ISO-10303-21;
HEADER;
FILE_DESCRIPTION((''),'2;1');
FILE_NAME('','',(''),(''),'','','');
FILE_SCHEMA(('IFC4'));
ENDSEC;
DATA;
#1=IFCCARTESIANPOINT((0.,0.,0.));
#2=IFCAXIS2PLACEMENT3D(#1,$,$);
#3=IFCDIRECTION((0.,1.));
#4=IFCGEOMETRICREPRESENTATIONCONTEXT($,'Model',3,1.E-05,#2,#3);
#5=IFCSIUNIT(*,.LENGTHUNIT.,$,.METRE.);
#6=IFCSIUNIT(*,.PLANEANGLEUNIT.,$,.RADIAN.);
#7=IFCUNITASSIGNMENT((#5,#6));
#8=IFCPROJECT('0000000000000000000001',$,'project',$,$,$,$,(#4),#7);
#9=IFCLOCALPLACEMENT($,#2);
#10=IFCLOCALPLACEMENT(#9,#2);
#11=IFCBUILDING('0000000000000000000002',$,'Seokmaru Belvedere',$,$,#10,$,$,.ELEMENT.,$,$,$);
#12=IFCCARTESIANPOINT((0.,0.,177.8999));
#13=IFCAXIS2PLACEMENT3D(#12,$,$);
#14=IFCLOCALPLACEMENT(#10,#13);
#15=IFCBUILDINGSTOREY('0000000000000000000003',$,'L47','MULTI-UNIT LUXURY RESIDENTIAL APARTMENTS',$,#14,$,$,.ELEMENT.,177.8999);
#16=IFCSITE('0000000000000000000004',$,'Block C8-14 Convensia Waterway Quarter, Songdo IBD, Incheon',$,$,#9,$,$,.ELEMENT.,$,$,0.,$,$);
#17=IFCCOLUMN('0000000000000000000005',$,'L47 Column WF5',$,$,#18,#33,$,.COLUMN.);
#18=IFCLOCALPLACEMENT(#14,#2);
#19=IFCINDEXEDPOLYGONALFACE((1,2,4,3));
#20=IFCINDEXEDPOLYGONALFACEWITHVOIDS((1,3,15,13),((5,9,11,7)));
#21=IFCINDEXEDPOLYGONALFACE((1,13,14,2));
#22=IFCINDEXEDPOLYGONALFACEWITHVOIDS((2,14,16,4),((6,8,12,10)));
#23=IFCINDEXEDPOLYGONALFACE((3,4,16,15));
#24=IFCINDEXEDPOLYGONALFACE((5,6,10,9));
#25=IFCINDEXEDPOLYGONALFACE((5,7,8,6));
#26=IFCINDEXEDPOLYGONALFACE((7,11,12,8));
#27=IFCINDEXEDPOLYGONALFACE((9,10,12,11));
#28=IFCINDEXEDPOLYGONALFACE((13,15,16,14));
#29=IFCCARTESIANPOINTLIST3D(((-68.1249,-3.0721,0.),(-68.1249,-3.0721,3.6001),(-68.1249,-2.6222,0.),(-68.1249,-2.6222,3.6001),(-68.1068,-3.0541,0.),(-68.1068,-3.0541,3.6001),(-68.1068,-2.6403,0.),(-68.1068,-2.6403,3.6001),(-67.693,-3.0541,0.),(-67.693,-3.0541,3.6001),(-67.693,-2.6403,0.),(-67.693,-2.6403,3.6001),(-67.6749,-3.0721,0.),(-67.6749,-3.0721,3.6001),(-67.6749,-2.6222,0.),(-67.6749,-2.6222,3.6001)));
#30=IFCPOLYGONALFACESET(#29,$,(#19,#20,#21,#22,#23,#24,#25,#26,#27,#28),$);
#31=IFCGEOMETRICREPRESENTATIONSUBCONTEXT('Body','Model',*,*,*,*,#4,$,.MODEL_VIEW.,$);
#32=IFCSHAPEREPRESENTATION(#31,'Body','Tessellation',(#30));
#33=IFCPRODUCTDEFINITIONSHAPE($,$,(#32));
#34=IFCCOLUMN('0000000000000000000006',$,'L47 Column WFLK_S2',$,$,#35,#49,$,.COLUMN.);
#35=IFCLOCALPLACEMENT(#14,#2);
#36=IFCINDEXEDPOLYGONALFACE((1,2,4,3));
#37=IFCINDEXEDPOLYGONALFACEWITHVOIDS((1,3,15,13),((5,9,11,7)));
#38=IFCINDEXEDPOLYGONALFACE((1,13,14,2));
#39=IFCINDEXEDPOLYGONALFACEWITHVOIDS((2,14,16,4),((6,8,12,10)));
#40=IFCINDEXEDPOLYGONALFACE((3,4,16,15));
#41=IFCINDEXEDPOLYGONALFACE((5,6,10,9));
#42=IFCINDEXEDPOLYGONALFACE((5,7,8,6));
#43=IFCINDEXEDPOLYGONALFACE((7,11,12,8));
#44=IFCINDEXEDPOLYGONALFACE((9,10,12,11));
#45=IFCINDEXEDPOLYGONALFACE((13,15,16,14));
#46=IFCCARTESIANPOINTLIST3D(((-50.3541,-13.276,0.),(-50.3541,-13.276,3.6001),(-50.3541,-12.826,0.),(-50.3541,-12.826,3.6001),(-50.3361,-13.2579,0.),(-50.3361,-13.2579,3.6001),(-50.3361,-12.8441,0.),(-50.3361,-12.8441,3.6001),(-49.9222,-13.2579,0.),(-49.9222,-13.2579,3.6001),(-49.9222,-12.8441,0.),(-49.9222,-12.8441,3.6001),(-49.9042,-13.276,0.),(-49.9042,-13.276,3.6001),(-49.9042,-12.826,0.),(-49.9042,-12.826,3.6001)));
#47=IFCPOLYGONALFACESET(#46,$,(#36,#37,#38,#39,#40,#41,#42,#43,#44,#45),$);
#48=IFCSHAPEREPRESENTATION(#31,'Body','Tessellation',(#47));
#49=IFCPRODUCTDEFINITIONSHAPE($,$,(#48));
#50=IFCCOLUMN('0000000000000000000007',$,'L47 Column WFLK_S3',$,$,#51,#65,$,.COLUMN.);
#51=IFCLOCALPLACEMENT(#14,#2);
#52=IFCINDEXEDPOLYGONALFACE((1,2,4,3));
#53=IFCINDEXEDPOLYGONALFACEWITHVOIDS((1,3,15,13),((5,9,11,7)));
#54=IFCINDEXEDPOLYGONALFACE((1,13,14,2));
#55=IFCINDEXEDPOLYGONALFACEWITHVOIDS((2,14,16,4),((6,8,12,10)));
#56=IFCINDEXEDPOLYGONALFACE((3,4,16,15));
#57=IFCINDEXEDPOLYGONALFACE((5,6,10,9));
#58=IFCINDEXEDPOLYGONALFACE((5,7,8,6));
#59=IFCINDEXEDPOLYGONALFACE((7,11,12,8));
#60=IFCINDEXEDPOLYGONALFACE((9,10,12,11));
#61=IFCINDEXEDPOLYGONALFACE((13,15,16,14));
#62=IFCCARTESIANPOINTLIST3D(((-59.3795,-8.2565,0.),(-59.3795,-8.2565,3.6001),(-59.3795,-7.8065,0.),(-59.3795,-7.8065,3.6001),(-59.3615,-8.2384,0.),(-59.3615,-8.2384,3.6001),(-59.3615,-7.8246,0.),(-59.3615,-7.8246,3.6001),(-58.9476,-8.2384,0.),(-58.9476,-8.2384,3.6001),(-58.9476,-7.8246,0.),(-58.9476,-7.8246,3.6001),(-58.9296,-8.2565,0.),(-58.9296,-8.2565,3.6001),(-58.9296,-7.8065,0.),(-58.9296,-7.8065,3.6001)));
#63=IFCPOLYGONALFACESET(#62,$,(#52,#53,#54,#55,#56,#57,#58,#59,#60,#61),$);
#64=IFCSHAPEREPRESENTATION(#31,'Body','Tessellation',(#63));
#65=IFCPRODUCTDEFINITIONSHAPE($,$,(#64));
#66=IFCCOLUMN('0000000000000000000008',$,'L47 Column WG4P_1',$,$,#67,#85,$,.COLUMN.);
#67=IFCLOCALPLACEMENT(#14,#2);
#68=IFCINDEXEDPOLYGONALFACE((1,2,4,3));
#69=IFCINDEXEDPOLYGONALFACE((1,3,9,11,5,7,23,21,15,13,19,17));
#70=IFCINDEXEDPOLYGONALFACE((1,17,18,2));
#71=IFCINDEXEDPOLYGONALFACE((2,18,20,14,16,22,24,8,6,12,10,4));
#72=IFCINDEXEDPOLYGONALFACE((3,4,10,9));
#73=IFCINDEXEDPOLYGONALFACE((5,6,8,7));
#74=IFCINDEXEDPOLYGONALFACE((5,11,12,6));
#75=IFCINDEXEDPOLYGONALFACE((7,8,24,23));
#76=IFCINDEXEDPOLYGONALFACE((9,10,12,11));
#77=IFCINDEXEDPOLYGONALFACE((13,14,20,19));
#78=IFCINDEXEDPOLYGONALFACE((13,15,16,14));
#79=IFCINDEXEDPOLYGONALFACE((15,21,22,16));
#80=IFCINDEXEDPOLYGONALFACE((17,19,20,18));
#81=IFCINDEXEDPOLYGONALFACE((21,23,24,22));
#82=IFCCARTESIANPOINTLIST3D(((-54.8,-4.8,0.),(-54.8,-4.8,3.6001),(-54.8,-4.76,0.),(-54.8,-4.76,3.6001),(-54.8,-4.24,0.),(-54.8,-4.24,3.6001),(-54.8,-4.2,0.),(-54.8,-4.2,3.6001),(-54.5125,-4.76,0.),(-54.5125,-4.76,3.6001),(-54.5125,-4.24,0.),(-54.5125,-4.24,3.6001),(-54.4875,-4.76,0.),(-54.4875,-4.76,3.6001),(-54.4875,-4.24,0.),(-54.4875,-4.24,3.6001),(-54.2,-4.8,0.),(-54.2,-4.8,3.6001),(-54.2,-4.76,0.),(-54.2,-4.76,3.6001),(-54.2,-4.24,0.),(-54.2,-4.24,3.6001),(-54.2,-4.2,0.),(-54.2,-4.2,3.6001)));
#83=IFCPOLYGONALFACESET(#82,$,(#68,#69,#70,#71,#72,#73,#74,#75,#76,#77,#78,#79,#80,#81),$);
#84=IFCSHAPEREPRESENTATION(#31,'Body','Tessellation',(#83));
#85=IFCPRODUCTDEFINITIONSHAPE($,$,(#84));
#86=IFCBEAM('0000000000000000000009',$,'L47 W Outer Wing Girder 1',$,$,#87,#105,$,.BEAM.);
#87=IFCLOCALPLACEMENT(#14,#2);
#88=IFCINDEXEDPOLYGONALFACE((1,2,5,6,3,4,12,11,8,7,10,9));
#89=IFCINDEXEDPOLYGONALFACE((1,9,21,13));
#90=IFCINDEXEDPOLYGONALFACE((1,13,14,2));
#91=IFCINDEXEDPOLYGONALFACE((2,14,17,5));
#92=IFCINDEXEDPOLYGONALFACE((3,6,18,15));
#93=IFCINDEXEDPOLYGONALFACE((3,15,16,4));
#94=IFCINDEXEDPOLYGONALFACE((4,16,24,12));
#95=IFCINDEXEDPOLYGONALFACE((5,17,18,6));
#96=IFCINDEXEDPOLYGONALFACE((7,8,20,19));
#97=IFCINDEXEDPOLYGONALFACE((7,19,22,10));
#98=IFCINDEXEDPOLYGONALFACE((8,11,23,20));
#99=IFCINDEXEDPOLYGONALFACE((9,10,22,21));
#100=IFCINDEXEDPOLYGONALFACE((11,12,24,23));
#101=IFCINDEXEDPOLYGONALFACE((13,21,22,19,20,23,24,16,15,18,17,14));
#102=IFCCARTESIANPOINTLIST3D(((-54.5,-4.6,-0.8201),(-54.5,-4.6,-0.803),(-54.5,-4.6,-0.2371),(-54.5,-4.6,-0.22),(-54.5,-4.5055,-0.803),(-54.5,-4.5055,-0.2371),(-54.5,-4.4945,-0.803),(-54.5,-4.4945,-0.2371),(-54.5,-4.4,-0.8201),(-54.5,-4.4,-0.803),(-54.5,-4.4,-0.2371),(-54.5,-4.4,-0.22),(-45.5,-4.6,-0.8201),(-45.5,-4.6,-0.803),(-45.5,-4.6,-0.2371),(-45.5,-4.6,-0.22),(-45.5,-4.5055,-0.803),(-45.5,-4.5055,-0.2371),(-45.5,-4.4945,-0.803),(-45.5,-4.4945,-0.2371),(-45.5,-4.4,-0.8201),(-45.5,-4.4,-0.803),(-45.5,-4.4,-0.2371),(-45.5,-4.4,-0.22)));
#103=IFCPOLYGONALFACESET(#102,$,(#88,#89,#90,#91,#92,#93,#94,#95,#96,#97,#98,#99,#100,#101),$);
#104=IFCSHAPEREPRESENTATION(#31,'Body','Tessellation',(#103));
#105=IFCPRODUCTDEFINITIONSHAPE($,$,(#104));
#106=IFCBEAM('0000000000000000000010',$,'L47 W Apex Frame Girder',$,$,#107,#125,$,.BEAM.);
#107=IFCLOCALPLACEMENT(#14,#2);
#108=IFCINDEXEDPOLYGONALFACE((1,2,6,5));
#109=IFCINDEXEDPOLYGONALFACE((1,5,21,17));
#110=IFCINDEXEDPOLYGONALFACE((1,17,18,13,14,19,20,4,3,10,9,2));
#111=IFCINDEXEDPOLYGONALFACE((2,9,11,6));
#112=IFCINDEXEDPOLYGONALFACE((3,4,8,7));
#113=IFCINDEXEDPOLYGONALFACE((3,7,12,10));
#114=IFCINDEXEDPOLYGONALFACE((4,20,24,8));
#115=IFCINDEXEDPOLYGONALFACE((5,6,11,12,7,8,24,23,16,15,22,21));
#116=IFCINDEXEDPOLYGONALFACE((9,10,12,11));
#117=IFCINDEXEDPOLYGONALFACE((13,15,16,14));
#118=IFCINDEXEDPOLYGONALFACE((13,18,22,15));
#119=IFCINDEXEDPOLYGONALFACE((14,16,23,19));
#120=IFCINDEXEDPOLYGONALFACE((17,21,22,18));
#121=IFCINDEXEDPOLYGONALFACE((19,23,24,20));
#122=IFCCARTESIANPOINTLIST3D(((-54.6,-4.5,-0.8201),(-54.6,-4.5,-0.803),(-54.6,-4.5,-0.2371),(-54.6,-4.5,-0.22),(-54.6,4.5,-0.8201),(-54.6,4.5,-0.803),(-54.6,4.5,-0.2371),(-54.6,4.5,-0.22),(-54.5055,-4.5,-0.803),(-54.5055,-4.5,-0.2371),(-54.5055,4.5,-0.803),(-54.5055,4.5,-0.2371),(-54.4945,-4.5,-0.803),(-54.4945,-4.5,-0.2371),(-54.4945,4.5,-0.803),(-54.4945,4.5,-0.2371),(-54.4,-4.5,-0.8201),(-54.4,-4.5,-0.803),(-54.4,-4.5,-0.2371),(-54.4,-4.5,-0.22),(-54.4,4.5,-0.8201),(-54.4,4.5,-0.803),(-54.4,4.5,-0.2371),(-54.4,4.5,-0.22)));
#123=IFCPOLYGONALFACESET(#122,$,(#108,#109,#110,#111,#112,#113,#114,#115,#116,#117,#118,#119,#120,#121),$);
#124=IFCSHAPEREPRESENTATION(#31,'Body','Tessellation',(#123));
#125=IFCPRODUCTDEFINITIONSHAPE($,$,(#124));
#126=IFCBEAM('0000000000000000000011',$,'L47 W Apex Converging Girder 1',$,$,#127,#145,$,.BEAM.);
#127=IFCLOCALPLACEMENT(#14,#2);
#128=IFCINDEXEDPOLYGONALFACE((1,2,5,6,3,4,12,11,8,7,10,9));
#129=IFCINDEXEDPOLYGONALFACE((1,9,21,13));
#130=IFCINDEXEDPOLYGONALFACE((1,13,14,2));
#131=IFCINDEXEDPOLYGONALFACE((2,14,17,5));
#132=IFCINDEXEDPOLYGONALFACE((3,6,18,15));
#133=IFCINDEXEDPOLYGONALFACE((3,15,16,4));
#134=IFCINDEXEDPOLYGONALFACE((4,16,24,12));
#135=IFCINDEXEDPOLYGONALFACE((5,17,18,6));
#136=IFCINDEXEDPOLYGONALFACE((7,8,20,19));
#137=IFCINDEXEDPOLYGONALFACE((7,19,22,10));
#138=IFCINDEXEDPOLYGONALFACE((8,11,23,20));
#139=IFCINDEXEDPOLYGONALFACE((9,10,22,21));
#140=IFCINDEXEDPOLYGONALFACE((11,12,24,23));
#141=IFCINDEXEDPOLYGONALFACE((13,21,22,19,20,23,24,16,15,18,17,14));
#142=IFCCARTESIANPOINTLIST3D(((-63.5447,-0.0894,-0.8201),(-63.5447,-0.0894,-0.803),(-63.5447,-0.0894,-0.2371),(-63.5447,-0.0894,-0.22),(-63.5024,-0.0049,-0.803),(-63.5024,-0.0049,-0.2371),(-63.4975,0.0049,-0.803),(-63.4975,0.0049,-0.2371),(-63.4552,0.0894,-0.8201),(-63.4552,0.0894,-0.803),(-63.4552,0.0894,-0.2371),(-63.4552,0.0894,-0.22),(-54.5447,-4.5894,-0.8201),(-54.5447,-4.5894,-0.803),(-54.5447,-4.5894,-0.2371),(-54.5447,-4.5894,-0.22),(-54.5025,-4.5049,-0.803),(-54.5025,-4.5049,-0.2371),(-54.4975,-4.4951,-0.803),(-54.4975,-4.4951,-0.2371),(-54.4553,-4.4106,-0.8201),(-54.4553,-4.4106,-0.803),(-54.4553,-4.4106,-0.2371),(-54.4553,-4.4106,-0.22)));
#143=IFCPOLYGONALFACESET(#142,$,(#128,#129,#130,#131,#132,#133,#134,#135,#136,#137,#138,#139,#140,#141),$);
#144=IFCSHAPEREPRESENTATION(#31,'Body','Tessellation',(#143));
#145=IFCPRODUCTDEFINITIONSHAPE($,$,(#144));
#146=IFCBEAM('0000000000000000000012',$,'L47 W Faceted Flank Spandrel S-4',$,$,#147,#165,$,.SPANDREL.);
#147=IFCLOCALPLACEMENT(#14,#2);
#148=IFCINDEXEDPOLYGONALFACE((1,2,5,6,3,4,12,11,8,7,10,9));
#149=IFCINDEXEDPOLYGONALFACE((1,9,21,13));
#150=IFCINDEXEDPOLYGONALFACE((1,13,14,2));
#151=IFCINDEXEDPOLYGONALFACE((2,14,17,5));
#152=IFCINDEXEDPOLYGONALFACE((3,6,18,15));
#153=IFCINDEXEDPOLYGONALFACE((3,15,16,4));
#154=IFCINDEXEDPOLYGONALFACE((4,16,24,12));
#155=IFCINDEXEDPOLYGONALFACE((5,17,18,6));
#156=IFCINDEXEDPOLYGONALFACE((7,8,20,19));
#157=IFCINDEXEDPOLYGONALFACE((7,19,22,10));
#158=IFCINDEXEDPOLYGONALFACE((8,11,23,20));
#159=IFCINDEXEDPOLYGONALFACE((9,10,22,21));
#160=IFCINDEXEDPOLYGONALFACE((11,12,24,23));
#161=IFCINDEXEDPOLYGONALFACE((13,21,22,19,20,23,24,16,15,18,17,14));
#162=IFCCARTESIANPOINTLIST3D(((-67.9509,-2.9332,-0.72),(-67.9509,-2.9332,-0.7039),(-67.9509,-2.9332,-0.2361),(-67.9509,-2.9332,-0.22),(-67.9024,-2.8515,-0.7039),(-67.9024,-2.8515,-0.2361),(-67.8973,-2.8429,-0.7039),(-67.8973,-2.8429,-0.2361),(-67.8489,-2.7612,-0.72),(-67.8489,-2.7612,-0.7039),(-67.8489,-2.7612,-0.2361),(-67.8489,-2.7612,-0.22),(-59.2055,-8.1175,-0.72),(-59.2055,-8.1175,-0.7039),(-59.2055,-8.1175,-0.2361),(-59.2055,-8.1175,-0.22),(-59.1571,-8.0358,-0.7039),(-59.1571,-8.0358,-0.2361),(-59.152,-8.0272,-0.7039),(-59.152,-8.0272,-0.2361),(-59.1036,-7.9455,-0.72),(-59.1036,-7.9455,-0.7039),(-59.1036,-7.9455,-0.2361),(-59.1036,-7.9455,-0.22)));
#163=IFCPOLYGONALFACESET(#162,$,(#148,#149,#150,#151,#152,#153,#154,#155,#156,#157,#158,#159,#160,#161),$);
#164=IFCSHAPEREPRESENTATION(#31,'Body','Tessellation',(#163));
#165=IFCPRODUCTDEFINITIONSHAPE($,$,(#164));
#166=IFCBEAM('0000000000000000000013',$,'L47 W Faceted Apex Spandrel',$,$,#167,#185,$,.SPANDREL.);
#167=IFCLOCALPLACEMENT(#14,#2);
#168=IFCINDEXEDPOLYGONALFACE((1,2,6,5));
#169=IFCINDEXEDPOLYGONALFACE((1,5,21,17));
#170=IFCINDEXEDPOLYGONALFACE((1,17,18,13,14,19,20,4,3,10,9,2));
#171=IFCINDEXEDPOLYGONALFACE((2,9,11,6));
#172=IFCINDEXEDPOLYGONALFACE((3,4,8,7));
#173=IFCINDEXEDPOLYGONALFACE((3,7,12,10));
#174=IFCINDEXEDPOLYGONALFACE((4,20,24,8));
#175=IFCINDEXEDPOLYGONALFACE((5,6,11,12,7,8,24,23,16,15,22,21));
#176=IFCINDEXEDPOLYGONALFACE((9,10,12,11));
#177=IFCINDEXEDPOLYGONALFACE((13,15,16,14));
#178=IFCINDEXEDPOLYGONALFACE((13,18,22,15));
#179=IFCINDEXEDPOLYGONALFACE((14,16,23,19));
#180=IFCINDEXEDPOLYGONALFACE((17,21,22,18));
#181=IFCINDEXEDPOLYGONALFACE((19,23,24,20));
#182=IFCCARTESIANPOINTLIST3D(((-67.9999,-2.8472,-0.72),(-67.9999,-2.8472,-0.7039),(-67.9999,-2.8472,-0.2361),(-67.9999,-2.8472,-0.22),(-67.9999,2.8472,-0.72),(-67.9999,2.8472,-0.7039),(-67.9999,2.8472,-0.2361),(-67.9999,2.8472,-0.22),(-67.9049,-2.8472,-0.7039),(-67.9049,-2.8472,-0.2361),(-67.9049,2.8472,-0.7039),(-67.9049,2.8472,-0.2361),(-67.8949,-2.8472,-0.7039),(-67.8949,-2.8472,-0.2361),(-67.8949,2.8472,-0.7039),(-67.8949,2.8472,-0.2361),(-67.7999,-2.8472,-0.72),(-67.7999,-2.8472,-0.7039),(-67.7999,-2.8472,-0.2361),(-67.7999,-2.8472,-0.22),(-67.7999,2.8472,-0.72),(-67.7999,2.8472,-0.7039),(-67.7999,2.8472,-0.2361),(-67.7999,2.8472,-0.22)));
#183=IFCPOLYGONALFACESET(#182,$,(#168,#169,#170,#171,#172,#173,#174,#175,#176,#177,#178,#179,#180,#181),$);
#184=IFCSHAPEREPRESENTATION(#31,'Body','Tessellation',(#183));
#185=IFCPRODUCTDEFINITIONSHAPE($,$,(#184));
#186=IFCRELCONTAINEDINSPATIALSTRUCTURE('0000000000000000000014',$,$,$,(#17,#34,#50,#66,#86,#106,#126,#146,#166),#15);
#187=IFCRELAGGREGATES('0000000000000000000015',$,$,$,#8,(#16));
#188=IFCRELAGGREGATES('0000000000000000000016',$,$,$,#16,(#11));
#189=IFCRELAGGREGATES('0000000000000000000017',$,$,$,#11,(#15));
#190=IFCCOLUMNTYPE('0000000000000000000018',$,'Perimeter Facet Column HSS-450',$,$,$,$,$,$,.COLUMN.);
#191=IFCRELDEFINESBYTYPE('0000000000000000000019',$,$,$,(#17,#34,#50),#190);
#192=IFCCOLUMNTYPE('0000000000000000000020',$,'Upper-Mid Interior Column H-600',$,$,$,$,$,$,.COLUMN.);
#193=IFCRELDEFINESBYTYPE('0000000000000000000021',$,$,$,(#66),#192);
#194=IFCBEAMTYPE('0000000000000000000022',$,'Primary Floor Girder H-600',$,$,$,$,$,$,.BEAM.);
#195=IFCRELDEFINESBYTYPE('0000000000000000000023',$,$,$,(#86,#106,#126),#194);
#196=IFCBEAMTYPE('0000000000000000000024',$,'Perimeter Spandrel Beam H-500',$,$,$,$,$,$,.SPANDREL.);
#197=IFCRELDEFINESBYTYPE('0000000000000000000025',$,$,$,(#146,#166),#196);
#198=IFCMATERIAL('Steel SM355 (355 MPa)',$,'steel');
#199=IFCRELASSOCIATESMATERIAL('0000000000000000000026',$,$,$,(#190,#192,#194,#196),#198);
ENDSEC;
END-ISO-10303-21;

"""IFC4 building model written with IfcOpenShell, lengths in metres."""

from ifc_helpers import new_model, si_unit, direction, frame, origin, origin_2d, place, context, subcontext, project, spatial, hollow_rectangle, i_section, extrude, source, transform, mapped, material, material_profile, profile_set, type_object, type_shapes, element, save


model = new_model("IFC4")

# Units and contexts
model_context = context("Model", 3, precision=1e-05, world=origin(), true_north=direction((0.0, 1.0)))
body_context = subcontext(model_context, "Body", "Model", "MODEL_VIEW")
ifc_project = project(units=[si_unit("LENGTHUNIT", "METRE"), si_unit("PLANEANGLEUNIT", "RADIAN")], contexts=[model_context])

# Site, building, storey
site_placement = place(None, origin())
site = spatial("IfcSite", under=ifc_project, at=site_placement, Name="Block C8-14 Convensia Waterway Quarter, Songdo IBD, Incheon", CompositionType="ELEMENT", RefElevation=0.0)
building_placement = place(site_placement, origin())
building = spatial("IfcBuilding", under=site, at=building_placement, Name="Seokmaru Belvedere", CompositionType="ELEMENT")
storey_placement = place(building_placement, frame((0.0, 0.0, 177.8999)))
storey = spatial("IfcBuildingStorey", under=building, at=storey_placement, Name="L47", Description="MULTI-UNIT LUXURY RESIDENTIAL APARTMENTS", CompositionType="ELEMENT", Elevation=177.8999)

# Columns
ifc_material_1 = material(Name="Steel SM355 (355 MPa)", Category="steel")
ifc_material_profile_1 = material_profile(ifc_material_1, hollow_rectangle(XDim=0.45, YDim=0.45, WallThickness=0.0181, at=origin_2d()), Name="HSS-450x450x18")
ifc_profile_set_1 = profile_set([ifc_material_profile_1], Name="Steel SM355 (355 MPa)")
column_type_1 = type_object("IfcColumnType", Name="Perimeter Facet Column HSS-450", PredefinedType="COLUMN", material=ifc_profile_set_1)
shared_shape_1 = source(origin(), body_context, "Body", "SweptSolid", [
    extrude(hollow_rectangle(XDim=0.45, YDim=0.45, WallThickness=0.0181, at=origin_2d()), origin(), (0.0, 0.0, 1.0), 3.6001),
])
type_shapes(column_type_1, [shared_shape_1])
for number, where, z_axis, x_axis, name in (
    (1, (-67.8999, -2.8472, 0.0), (0.0, 0.0, 1.0), (1.0, 0.0, 0.0), "L47 Column WF5"),
    (2, (-50.1292, -13.051, 0.0), (0.0, 0.0, 1.0), (1.0, 0.0, 0.0), "L47 Column WFLK_S2"),
    (3, (-59.1545, -8.0315, 0.0), (0.0, 0.0, 1.0), (1.0, 0.0, 0.0), "L47 Column WFLK_S3"),
):
    element("IfcColumn", number, at=place(storey_placement, frame(where, z_axis=z_axis, x_axis=x_axis)), inside=storey, type_object=column_type_1, Name=name, PredefinedType="COLUMN", context=body_context, shape_type="MappedRepresentation", body=[
        mapped(shared_shape_1, transform((0.0, 0.0, 0.0), scale=1.0)),
    ])
ifc_material_profile_2 = material_profile(ifc_material_1, i_section(OverallWidth=0.6001, OverallDepth=0.6001, WebThickness=0.0249, FlangeThickness=0.04, at=origin_2d()), Name="H-600x600x25x40")
ifc_profile_set_2 = profile_set([ifc_material_profile_2], Name="Steel SM355 (355 MPa)")
column_type_2 = type_object("IfcColumnType", Name="Upper-Mid Interior Column H-600", PredefinedType="COLUMN", material=ifc_profile_set_2)
shared_shape_2 = source(origin(), body_context, "Body", "SweptSolid", [
    extrude(i_section(OverallWidth=0.6001, OverallDepth=0.6001, WebThickness=0.0249, FlangeThickness=0.04, at=origin_2d()), origin(), (0.0, 0.0, 1.0), 3.6001),
])
type_shapes(column_type_2, [shared_shape_2])
column_placement = place(storey_placement, frame((-54.5, -4.5, 0.0), z_axis=(0.0, 0.0, 1.0), x_axis=(1.0, 0.0, 0.0)))
element("IfcColumn", 4, at=column_placement, inside=storey, type_object=column_type_2, Name="L47 Column WG4P_1", PredefinedType="COLUMN", context=body_context, shape_type="MappedRepresentation", body=[
    mapped(shared_shape_2, transform((0.0, 0.0, 0.0), scale=1.0)),
])

# Beams
ifc_material_profile_3 = material_profile(ifc_material_1, i_section(OverallWidth=0.2, OverallDepth=0.6001, WebThickness=0.011, FlangeThickness=0.0171, at=origin_2d()), Name="H-600x200x11x17")
ifc_profile_set_3 = profile_set([ifc_material_profile_3], Name="Steel SM355 (355 MPa)")
beam_type_1 = type_object("IfcBeamType", Name="Primary Floor Girder H-600", PredefinedType="BEAM", material=ifc_profile_set_3)
shared_shape_3 = source(origin(), body_context, "Body", "SweptSolid", [
    extrude(i_section(OverallWidth=0.2, OverallDepth=0.6001, WebThickness=0.011, FlangeThickness=0.0171, at=origin_2d()), origin(), (0.0, 0.0, 1.0), 9.0),
])
for number, where, z_axis, x_axis, name in (
    (5, (-54.5, -4.5, -0.52), (1.0, 0.0, 0.0), (0.0, 1.0, 0.0), "L47 W Outer Wing Girder 1"),
    (6, (-54.5, -4.5, -0.52), (0.0, 1.0, 0.0), (-1.0, 0.0, 0.0), "L47 W Apex Frame Girder"),
):
    element("IfcBeam", number, at=place(storey_placement, frame(where, z_axis=z_axis, x_axis=x_axis)), inside=storey, type_object=beam_type_1, Name=name, PredefinedType="BEAM", context=body_context, shape_type="MappedRepresentation", body=[
        mapped(shared_shape_3, transform((0.0, 0.0, 0.0), scale=1.0)),
    ])
shared_shape_4 = source(origin(), body_context, "Body", "SweptSolid", [
    extrude(i_section(OverallWidth=0.2, OverallDepth=0.6001, WebThickness=0.011, FlangeThickness=0.0171, at=origin_2d()), origin(), (0.0, 0.0, 1.0), 10.0623),
])
beam_1_placement = place(storey_placement, frame((-54.5, -4.5, -0.52), z_axis=(-0.894427, 0.447214, 0.0), x_axis=(-0.447214, -0.894427, 0.0)))
element("IfcBeam", 7, at=beam_1_placement, inside=storey, type_object=beam_type_1, Name="L47 W Apex Converging Girder 1", PredefinedType="BEAM", context=body_context, shape_type="MappedRepresentation", body=[
    mapped(shared_shape_4, transform((0.0, 0.0, 0.0), scale=1.0)),
])
ifc_material_profile_4 = material_profile(ifc_material_1, i_section(OverallWidth=0.2, OverallDepth=0.5, WebThickness=0.01, FlangeThickness=0.0161, at=origin_2d()), Name="H-500x200x10x16")
ifc_profile_set_4 = profile_set([ifc_material_profile_4], Name="Steel SM355 (355 MPa)")
beam_type_2 = type_object("IfcBeamType", Name="Perimeter Spandrel Beam H-500", PredefinedType="SPANDREL", material=ifc_profile_set_4)
shared_shape_5 = source(origin(), body_context, "Body", "SweptSolid", [
    extrude(i_section(OverallWidth=0.2, OverallDepth=0.5, WebThickness=0.01, FlangeThickness=0.0161, at=origin_2d()), origin(), (0.0, 0.0, 1.0), 10.1665),
])
beam_2_placement = place(storey_placement, frame((-59.1545, -8.0315, -0.47), z_axis=(-0.86021, 0.50994, 0.0), x_axis=(-0.50994, -0.86021, 0.0)))
element("IfcBeam", 8, at=beam_2_placement, inside=storey, type_object=beam_type_2, Name="L47 W Faceted Flank Spandrel S-4", PredefinedType="SPANDREL", context=body_context, shape_type="MappedRepresentation", body=[
    mapped(shared_shape_5, transform((0.0, 0.0, 0.0), scale=1.0)),
])
shared_shape_6 = source(origin(), body_context, "Body", "SweptSolid", [
    extrude(i_section(OverallWidth=0.2, OverallDepth=0.5, WebThickness=0.01, FlangeThickness=0.0161, at=origin_2d()), origin(), (0.0, 0.0, 1.0), 5.6943),
])
type_shapes(beam_type_2, [shared_shape_5, shared_shape_6])
beam_3_placement = place(storey_placement, frame((-67.8999, -2.8472, -0.47), z_axis=(0.0, 1.0, 0.0), x_axis=(-1.0, 0.0, 0.0)))
element("IfcBeam", 9, at=beam_3_placement, inside=storey, type_object=beam_type_2, Name="L47 W Faceted Apex Spandrel", PredefinedType="SPANDREL", context=body_context, shape_type="MappedRepresentation", body=[
    mapped(shared_shape_6, transform((0.0, 0.0, 0.0), scale=1.0)),
])

save(model, "model.ifc")
